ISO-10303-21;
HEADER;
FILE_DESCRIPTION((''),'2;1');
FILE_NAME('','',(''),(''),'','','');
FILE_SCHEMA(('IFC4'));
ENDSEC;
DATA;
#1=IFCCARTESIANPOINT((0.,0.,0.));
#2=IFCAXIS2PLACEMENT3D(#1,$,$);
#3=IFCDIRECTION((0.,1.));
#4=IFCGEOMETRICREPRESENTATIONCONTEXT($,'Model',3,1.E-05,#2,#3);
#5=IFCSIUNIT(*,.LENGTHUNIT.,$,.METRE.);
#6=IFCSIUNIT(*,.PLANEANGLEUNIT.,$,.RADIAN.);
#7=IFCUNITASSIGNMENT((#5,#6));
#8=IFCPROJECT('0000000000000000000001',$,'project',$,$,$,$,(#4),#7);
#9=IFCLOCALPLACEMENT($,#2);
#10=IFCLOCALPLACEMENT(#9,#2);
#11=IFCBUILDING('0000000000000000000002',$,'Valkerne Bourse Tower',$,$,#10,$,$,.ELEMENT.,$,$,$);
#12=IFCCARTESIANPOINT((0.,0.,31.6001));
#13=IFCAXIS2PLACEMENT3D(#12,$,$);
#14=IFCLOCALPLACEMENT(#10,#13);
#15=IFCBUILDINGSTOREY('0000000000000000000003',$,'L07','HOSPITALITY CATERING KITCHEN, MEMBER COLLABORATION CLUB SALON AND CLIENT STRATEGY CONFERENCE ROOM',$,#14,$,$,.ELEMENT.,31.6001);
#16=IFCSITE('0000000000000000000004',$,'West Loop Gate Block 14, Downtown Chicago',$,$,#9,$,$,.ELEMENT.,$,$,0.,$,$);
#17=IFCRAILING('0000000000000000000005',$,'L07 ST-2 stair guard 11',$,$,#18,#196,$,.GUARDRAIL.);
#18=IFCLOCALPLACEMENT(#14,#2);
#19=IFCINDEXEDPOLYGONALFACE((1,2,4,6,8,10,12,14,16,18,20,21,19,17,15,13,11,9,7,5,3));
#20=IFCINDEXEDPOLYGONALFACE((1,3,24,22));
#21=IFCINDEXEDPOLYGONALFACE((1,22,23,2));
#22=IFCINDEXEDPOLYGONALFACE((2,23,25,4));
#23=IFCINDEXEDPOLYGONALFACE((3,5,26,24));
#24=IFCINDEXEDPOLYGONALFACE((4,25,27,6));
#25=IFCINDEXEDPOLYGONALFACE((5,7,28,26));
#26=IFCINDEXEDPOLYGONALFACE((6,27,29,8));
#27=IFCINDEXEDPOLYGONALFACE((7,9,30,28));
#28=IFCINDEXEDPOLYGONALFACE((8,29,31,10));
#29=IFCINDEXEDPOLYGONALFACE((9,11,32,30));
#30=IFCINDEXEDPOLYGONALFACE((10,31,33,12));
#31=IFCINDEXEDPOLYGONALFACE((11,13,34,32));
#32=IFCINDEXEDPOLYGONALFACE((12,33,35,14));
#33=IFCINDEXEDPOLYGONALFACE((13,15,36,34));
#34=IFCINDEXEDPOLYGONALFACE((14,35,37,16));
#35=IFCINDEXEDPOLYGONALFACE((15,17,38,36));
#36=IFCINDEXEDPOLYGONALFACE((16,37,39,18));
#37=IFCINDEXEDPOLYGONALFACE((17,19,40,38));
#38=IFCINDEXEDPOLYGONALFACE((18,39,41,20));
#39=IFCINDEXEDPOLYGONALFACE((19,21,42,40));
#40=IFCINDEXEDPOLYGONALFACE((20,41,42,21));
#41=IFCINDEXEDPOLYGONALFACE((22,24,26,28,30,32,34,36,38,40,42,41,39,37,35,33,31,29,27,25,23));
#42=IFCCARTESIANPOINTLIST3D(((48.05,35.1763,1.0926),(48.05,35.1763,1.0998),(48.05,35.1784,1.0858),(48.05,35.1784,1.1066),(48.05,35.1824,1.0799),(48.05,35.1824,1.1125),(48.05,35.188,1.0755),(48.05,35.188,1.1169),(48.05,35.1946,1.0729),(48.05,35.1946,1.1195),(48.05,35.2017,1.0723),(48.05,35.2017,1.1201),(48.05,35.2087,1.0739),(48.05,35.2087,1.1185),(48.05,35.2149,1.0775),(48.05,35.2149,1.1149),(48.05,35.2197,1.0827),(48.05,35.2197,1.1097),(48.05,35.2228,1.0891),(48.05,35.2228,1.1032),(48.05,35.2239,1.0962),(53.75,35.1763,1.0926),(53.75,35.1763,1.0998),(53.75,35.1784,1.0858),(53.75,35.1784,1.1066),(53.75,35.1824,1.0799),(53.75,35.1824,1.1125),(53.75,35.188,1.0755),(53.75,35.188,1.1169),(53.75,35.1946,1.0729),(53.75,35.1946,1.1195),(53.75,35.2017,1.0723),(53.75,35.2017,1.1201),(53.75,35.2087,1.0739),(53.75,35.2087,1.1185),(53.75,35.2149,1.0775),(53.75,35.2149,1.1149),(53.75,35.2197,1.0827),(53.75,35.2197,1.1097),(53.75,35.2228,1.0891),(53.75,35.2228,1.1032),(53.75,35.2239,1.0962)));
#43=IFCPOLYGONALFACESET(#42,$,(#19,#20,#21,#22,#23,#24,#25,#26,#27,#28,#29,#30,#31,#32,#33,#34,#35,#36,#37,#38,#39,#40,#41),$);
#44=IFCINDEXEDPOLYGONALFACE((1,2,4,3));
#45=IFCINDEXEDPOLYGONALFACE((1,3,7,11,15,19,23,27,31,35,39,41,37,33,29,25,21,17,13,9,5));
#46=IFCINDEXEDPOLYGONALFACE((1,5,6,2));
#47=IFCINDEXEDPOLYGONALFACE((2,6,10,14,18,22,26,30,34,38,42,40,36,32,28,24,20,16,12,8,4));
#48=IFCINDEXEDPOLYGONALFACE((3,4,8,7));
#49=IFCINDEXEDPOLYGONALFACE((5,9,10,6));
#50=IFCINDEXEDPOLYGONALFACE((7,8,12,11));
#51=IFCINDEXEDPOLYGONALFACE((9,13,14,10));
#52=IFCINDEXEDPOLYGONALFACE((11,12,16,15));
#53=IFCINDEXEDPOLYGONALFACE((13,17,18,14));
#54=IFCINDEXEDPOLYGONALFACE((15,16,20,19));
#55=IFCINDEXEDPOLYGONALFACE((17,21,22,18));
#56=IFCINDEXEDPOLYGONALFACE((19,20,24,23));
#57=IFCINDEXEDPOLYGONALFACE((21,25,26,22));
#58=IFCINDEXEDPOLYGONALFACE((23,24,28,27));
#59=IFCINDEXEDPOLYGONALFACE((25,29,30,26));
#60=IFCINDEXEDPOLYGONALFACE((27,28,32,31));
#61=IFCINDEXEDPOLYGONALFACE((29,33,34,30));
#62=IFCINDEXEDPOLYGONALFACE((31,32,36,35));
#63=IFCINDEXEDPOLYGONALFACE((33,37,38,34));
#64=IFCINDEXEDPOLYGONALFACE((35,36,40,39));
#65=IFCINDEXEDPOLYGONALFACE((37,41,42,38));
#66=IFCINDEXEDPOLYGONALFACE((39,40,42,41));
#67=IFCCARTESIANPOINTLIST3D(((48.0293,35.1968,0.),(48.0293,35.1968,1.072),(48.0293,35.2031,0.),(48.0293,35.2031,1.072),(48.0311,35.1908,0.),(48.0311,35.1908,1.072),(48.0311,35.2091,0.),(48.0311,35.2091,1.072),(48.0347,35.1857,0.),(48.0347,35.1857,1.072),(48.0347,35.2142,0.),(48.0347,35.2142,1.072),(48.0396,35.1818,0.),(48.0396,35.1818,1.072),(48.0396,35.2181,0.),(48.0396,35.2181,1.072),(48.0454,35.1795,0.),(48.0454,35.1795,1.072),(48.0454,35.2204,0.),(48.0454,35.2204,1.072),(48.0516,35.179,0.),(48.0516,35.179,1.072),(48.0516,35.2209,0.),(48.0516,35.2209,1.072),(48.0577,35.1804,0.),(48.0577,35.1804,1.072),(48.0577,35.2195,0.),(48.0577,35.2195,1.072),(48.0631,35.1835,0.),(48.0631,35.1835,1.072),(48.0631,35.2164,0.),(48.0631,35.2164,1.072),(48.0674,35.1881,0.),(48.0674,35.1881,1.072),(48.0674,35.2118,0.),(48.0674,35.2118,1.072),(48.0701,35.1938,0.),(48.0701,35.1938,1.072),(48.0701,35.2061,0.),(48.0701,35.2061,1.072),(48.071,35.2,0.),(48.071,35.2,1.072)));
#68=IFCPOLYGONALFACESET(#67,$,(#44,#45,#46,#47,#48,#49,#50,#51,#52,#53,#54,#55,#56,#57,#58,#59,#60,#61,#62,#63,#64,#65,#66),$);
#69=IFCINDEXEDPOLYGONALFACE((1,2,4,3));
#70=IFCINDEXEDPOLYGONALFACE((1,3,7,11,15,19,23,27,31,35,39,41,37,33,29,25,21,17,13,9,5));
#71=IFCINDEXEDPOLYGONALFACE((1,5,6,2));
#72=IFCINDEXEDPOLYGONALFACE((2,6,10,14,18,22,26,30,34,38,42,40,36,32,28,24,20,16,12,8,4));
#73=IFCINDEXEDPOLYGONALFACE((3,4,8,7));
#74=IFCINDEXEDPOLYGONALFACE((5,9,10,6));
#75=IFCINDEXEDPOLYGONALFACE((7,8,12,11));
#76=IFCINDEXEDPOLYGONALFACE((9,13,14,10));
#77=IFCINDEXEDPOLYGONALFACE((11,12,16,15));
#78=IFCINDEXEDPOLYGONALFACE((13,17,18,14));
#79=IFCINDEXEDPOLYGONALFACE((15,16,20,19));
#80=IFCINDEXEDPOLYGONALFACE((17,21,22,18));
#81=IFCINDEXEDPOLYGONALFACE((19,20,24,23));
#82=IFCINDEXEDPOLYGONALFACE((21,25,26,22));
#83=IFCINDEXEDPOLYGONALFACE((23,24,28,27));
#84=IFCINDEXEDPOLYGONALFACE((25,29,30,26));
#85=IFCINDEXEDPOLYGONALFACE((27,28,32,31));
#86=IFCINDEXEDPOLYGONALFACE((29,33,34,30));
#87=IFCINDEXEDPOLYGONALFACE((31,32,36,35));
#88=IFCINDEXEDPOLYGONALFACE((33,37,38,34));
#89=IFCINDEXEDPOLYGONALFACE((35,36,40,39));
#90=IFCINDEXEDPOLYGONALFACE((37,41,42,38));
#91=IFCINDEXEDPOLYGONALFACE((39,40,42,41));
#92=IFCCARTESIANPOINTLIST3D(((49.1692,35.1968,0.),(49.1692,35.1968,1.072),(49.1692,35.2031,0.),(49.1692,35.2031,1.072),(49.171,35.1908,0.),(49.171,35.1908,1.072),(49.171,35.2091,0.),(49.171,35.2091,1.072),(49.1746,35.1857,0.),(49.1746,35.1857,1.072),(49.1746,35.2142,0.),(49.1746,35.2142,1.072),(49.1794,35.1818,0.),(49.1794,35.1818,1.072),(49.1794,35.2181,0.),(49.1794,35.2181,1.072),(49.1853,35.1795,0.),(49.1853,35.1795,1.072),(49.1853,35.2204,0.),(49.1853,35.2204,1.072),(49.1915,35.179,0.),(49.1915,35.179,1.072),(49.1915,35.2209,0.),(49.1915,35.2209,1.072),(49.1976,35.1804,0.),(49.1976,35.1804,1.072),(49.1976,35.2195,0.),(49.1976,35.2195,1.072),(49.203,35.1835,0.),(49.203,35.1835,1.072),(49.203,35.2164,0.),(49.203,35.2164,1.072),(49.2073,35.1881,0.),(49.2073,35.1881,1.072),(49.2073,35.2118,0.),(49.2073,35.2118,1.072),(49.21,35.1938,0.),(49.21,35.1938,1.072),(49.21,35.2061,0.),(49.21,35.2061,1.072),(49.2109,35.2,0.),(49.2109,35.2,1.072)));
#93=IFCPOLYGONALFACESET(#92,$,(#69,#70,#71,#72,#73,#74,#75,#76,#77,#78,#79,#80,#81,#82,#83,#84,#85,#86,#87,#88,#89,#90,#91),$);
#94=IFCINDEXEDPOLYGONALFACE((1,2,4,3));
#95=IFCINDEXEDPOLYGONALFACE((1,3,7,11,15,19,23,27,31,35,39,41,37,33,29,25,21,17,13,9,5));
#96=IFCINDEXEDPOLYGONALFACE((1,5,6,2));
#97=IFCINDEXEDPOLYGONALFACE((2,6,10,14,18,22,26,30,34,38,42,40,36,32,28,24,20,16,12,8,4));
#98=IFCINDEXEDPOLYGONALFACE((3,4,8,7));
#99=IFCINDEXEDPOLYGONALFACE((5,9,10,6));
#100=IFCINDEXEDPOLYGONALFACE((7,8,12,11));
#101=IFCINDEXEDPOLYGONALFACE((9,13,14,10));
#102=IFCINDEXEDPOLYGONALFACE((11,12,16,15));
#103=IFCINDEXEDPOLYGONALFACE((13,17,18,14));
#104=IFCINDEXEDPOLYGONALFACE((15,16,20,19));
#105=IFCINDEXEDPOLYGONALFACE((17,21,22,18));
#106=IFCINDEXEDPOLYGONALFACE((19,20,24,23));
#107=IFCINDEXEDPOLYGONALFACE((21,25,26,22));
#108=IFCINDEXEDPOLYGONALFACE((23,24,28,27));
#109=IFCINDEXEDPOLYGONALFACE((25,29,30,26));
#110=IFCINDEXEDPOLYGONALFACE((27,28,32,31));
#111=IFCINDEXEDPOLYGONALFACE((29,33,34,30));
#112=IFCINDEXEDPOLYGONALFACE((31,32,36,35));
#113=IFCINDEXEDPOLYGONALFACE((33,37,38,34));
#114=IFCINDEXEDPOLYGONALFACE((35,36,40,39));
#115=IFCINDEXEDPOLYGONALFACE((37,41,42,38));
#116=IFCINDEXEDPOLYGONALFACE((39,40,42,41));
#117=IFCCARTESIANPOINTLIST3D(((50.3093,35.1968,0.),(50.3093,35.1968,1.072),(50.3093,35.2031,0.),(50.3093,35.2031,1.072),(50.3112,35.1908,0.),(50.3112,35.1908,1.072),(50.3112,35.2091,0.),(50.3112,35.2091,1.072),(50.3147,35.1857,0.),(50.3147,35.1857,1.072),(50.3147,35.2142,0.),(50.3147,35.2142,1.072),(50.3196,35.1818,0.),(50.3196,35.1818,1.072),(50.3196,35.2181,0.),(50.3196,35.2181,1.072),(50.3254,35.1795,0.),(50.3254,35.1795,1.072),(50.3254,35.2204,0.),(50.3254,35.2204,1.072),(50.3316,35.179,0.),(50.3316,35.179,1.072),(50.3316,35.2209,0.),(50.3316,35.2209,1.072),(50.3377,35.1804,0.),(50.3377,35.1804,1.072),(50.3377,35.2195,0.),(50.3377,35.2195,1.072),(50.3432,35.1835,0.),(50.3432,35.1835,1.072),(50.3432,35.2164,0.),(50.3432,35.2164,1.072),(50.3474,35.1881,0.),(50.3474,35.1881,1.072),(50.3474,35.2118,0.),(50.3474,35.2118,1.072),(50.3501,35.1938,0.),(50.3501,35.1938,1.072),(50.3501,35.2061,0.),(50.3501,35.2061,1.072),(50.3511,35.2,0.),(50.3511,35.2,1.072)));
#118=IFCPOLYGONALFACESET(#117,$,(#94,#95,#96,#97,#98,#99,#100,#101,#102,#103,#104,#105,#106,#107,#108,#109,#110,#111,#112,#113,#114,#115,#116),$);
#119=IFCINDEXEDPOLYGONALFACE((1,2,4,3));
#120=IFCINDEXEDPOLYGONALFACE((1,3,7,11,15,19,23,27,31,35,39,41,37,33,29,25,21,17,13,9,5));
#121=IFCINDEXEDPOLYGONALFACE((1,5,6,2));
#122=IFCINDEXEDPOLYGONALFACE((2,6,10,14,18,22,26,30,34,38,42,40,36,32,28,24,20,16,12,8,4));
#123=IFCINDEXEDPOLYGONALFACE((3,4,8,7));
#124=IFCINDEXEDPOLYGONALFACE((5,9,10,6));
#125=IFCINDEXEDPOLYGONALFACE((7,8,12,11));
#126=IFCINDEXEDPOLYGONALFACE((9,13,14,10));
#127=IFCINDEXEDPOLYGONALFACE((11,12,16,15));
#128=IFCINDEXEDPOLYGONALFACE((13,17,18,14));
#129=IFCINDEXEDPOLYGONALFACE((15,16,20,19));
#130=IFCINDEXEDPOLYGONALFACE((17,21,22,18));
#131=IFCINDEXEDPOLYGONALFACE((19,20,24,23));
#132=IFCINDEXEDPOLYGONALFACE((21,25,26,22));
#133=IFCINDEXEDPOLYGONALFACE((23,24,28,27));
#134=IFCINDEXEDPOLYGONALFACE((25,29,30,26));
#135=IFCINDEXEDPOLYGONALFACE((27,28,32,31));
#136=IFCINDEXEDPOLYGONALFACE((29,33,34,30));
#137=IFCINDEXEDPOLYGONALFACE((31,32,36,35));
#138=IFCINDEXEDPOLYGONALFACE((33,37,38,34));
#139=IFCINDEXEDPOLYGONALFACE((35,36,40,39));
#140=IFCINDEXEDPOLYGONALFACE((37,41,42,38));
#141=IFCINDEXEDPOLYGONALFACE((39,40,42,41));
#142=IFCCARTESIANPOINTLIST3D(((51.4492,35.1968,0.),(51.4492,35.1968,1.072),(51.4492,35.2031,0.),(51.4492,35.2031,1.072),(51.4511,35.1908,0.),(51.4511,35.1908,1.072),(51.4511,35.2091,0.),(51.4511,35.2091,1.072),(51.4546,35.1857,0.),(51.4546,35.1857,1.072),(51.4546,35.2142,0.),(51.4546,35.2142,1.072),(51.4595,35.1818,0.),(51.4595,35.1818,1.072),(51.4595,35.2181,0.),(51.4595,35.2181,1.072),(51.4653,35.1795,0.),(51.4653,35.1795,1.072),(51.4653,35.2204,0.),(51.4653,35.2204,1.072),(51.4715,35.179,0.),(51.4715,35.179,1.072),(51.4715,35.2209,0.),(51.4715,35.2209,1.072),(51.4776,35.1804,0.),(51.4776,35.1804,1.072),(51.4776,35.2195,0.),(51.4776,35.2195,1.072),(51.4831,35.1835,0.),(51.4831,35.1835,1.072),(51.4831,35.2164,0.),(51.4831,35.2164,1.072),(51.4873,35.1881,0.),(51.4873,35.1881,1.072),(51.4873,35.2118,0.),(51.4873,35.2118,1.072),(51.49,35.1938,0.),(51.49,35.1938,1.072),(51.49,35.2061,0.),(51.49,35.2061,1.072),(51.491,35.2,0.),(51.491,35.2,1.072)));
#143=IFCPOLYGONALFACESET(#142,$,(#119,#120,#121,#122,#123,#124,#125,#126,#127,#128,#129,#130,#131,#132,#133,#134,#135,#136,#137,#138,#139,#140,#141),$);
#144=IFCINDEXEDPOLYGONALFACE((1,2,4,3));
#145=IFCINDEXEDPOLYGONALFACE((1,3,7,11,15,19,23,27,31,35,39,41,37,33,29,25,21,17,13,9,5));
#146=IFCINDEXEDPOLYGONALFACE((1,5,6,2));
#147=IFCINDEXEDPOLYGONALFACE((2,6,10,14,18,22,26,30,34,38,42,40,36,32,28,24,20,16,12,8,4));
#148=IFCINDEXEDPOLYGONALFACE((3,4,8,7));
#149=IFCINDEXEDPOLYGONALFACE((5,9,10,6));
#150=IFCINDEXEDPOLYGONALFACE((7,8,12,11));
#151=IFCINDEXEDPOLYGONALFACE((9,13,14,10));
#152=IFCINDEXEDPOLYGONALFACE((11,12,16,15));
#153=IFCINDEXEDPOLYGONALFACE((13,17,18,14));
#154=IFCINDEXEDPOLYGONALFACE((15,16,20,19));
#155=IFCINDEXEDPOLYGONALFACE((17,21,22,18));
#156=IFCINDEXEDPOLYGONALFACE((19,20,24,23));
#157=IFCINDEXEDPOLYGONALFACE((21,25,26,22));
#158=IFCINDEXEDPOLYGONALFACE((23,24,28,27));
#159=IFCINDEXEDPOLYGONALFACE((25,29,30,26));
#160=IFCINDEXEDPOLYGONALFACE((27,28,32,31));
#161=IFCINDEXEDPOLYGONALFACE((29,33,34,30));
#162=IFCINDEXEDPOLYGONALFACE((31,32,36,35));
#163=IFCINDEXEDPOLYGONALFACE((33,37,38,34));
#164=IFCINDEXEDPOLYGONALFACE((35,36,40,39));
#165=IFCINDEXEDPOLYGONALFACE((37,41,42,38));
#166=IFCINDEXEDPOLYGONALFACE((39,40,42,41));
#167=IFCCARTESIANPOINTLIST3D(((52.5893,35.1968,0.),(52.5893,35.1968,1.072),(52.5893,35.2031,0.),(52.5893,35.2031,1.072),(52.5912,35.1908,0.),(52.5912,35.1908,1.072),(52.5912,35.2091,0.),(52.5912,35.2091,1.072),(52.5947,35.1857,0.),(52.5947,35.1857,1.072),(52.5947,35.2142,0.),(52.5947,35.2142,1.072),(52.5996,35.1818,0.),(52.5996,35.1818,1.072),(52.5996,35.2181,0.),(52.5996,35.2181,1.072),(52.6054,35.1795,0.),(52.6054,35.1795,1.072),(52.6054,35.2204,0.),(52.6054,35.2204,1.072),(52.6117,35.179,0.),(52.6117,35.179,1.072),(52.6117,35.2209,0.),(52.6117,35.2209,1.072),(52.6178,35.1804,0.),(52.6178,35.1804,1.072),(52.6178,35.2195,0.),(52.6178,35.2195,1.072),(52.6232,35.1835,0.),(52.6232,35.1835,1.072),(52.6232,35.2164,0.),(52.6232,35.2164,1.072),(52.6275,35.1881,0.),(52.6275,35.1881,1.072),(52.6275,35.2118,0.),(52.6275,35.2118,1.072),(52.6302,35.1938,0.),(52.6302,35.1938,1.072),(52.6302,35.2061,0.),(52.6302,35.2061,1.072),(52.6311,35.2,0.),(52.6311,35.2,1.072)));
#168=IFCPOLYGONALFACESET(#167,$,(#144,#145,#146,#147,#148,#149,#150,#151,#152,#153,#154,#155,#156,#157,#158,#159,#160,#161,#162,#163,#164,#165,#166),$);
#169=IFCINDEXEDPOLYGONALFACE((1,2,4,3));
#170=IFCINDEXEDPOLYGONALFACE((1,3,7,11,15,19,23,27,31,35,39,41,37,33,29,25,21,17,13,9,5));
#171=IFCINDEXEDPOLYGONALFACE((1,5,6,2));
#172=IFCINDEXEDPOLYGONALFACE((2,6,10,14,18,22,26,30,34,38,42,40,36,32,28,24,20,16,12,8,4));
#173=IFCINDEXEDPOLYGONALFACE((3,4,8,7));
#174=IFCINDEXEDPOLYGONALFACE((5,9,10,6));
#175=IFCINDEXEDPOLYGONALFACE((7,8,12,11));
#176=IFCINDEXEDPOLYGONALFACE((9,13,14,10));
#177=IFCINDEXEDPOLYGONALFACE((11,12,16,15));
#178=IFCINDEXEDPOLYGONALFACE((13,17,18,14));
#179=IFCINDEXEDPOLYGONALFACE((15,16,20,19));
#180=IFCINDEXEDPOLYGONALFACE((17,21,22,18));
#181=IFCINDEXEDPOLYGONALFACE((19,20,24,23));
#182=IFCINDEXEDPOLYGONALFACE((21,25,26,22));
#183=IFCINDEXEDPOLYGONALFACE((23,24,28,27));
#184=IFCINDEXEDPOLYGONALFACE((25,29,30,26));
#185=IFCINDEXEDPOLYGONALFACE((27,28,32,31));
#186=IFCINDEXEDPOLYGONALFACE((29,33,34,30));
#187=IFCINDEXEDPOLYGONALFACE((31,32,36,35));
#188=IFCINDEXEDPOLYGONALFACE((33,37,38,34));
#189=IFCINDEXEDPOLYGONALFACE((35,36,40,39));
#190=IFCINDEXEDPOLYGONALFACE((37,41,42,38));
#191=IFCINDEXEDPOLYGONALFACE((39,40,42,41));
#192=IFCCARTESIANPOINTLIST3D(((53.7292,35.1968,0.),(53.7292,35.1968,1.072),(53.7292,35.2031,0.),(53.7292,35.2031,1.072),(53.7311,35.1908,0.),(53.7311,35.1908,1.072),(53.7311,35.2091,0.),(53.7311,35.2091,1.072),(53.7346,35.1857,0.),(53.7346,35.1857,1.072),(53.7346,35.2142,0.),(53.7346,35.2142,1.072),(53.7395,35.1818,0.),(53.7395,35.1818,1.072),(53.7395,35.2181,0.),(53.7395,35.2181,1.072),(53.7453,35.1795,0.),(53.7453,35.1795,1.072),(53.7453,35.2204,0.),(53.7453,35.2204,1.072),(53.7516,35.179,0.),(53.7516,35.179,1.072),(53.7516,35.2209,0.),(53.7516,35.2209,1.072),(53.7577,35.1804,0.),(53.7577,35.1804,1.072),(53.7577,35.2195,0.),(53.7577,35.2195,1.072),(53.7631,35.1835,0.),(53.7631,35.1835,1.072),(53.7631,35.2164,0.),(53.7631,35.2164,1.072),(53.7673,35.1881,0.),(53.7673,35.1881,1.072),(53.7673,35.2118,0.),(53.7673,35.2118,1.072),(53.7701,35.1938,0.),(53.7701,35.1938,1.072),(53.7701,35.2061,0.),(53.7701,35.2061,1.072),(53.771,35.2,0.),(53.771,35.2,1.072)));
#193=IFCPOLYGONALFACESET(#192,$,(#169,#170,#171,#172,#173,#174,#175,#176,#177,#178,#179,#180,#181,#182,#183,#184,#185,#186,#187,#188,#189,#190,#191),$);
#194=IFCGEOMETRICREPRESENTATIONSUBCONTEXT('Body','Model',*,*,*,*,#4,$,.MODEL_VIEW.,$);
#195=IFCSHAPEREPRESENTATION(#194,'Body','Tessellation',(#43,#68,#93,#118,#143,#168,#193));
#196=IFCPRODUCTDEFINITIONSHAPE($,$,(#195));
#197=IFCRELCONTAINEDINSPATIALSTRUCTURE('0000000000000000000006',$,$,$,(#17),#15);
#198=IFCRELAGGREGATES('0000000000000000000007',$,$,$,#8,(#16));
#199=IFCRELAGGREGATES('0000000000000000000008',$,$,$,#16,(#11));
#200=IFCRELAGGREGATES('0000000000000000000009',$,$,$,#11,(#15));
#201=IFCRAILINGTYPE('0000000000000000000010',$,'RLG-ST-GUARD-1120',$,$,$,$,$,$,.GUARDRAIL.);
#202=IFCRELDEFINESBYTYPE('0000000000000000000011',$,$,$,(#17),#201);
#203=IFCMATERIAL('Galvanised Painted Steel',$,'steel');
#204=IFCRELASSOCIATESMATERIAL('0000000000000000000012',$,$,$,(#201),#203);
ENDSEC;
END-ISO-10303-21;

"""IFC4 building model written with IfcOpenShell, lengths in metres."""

from ifc_helpers import new_model, si_unit, direction, frame, origin, origin_2d, place, context, subcontext, project, spatial, circle, extrude, material, type_object, element, save


model = new_model("IFC4")

# Units and contexts
model_context = context("Model", 3, precision=1e-05, world=origin(), true_north=direction((0.0, 1.0)))
body_context = subcontext(model_context, "Body", "Model", "MODEL_VIEW")
ifc_project = project(units=[si_unit("LENGTHUNIT", "METRE"), si_unit("PLANEANGLEUNIT", "RADIAN")], contexts=[model_context])

# Site, building, storey
site_placement = place(None, origin())
site = spatial("IfcSite", under=ifc_project, at=site_placement, Name="West Loop Gate Block 14, Downtown Chicago", CompositionType="ELEMENT", RefElevation=0.0)
building_placement = place(site_placement, origin())
building = spatial("IfcBuilding", under=site, at=building_placement, Name="Valkerne Bourse Tower", CompositionType="ELEMENT")
storey_placement = place(building_placement, frame((0.0, 0.0, 31.6001)))
storey = spatial("IfcBuildingStorey", under=building, at=storey_placement, Name="L07", Description="HOSPITALITY CATERING KITCHEN, MEMBER COLLABORATION CLUB SALON AND CLIENT STRATEGY CONFERENCE ROOM", CompositionType="ELEMENT", Elevation=31.6001)

# Shared definitions
ifc_material_1 = material(Name="Galvanised Painted Steel", Category="steel")

# Railing
railing_type_1 = type_object("IfcRailingType", Name="RLG-ST-GUARD-1120", PredefinedType="GUARDRAIL", material=ifc_material_1)
for number, where, name in (
    (1, (48.05, 35.2, 0.0), "L07 ST-2 stair guard 11"),
):
    element("IfcRailing", number, at=place(storey_placement, frame(where)), inside=storey, type_object=railing_type_1, Name=name, PredefinedType="GUARDRAIL", context=body_context, shape_type="SweptSolid", body=[
        extrude(circle(Radius=0.0239, at=origin_2d()), frame((0.0, 0.0, 1.0962), z_axis=(1.0, 0.0, 0.0), x_axis=(0.0, 1.0, 0.0)), (0.0, 0.0, 1.0), 5.7),
        extrude(circle(Radius=0.021, at=origin_2d()), origin(), (0.0, 0.0, 1.0), 1.072),
        extrude(circle(Radius=0.021, at=origin_2d()), frame((1.1399, 0.0, 0.0)), (0.0, 0.0, 1.0), 1.072),
        extrude(circle(Radius=0.021, at=origin_2d()), frame((2.28, 0.0, 0.0)), (0.0, 0.0, 1.0), 1.072),
        extrude(circle(Radius=0.021, at=origin_2d()), frame((3.4199, 0.0, 0.0)), (0.0, 0.0, 1.0), 1.072),
        extrude(circle(Radius=0.021, at=origin_2d()), frame((4.5601, 0.0, 0.0)), (0.0, 0.0, 1.0), 1.072),
        extrude(circle(Radius=0.021, at=origin_2d()), frame((5.7, 0.0, 0.0)), (0.0, 0.0, 1.0), 1.072),
    ])

save(model, "model.ifc")
